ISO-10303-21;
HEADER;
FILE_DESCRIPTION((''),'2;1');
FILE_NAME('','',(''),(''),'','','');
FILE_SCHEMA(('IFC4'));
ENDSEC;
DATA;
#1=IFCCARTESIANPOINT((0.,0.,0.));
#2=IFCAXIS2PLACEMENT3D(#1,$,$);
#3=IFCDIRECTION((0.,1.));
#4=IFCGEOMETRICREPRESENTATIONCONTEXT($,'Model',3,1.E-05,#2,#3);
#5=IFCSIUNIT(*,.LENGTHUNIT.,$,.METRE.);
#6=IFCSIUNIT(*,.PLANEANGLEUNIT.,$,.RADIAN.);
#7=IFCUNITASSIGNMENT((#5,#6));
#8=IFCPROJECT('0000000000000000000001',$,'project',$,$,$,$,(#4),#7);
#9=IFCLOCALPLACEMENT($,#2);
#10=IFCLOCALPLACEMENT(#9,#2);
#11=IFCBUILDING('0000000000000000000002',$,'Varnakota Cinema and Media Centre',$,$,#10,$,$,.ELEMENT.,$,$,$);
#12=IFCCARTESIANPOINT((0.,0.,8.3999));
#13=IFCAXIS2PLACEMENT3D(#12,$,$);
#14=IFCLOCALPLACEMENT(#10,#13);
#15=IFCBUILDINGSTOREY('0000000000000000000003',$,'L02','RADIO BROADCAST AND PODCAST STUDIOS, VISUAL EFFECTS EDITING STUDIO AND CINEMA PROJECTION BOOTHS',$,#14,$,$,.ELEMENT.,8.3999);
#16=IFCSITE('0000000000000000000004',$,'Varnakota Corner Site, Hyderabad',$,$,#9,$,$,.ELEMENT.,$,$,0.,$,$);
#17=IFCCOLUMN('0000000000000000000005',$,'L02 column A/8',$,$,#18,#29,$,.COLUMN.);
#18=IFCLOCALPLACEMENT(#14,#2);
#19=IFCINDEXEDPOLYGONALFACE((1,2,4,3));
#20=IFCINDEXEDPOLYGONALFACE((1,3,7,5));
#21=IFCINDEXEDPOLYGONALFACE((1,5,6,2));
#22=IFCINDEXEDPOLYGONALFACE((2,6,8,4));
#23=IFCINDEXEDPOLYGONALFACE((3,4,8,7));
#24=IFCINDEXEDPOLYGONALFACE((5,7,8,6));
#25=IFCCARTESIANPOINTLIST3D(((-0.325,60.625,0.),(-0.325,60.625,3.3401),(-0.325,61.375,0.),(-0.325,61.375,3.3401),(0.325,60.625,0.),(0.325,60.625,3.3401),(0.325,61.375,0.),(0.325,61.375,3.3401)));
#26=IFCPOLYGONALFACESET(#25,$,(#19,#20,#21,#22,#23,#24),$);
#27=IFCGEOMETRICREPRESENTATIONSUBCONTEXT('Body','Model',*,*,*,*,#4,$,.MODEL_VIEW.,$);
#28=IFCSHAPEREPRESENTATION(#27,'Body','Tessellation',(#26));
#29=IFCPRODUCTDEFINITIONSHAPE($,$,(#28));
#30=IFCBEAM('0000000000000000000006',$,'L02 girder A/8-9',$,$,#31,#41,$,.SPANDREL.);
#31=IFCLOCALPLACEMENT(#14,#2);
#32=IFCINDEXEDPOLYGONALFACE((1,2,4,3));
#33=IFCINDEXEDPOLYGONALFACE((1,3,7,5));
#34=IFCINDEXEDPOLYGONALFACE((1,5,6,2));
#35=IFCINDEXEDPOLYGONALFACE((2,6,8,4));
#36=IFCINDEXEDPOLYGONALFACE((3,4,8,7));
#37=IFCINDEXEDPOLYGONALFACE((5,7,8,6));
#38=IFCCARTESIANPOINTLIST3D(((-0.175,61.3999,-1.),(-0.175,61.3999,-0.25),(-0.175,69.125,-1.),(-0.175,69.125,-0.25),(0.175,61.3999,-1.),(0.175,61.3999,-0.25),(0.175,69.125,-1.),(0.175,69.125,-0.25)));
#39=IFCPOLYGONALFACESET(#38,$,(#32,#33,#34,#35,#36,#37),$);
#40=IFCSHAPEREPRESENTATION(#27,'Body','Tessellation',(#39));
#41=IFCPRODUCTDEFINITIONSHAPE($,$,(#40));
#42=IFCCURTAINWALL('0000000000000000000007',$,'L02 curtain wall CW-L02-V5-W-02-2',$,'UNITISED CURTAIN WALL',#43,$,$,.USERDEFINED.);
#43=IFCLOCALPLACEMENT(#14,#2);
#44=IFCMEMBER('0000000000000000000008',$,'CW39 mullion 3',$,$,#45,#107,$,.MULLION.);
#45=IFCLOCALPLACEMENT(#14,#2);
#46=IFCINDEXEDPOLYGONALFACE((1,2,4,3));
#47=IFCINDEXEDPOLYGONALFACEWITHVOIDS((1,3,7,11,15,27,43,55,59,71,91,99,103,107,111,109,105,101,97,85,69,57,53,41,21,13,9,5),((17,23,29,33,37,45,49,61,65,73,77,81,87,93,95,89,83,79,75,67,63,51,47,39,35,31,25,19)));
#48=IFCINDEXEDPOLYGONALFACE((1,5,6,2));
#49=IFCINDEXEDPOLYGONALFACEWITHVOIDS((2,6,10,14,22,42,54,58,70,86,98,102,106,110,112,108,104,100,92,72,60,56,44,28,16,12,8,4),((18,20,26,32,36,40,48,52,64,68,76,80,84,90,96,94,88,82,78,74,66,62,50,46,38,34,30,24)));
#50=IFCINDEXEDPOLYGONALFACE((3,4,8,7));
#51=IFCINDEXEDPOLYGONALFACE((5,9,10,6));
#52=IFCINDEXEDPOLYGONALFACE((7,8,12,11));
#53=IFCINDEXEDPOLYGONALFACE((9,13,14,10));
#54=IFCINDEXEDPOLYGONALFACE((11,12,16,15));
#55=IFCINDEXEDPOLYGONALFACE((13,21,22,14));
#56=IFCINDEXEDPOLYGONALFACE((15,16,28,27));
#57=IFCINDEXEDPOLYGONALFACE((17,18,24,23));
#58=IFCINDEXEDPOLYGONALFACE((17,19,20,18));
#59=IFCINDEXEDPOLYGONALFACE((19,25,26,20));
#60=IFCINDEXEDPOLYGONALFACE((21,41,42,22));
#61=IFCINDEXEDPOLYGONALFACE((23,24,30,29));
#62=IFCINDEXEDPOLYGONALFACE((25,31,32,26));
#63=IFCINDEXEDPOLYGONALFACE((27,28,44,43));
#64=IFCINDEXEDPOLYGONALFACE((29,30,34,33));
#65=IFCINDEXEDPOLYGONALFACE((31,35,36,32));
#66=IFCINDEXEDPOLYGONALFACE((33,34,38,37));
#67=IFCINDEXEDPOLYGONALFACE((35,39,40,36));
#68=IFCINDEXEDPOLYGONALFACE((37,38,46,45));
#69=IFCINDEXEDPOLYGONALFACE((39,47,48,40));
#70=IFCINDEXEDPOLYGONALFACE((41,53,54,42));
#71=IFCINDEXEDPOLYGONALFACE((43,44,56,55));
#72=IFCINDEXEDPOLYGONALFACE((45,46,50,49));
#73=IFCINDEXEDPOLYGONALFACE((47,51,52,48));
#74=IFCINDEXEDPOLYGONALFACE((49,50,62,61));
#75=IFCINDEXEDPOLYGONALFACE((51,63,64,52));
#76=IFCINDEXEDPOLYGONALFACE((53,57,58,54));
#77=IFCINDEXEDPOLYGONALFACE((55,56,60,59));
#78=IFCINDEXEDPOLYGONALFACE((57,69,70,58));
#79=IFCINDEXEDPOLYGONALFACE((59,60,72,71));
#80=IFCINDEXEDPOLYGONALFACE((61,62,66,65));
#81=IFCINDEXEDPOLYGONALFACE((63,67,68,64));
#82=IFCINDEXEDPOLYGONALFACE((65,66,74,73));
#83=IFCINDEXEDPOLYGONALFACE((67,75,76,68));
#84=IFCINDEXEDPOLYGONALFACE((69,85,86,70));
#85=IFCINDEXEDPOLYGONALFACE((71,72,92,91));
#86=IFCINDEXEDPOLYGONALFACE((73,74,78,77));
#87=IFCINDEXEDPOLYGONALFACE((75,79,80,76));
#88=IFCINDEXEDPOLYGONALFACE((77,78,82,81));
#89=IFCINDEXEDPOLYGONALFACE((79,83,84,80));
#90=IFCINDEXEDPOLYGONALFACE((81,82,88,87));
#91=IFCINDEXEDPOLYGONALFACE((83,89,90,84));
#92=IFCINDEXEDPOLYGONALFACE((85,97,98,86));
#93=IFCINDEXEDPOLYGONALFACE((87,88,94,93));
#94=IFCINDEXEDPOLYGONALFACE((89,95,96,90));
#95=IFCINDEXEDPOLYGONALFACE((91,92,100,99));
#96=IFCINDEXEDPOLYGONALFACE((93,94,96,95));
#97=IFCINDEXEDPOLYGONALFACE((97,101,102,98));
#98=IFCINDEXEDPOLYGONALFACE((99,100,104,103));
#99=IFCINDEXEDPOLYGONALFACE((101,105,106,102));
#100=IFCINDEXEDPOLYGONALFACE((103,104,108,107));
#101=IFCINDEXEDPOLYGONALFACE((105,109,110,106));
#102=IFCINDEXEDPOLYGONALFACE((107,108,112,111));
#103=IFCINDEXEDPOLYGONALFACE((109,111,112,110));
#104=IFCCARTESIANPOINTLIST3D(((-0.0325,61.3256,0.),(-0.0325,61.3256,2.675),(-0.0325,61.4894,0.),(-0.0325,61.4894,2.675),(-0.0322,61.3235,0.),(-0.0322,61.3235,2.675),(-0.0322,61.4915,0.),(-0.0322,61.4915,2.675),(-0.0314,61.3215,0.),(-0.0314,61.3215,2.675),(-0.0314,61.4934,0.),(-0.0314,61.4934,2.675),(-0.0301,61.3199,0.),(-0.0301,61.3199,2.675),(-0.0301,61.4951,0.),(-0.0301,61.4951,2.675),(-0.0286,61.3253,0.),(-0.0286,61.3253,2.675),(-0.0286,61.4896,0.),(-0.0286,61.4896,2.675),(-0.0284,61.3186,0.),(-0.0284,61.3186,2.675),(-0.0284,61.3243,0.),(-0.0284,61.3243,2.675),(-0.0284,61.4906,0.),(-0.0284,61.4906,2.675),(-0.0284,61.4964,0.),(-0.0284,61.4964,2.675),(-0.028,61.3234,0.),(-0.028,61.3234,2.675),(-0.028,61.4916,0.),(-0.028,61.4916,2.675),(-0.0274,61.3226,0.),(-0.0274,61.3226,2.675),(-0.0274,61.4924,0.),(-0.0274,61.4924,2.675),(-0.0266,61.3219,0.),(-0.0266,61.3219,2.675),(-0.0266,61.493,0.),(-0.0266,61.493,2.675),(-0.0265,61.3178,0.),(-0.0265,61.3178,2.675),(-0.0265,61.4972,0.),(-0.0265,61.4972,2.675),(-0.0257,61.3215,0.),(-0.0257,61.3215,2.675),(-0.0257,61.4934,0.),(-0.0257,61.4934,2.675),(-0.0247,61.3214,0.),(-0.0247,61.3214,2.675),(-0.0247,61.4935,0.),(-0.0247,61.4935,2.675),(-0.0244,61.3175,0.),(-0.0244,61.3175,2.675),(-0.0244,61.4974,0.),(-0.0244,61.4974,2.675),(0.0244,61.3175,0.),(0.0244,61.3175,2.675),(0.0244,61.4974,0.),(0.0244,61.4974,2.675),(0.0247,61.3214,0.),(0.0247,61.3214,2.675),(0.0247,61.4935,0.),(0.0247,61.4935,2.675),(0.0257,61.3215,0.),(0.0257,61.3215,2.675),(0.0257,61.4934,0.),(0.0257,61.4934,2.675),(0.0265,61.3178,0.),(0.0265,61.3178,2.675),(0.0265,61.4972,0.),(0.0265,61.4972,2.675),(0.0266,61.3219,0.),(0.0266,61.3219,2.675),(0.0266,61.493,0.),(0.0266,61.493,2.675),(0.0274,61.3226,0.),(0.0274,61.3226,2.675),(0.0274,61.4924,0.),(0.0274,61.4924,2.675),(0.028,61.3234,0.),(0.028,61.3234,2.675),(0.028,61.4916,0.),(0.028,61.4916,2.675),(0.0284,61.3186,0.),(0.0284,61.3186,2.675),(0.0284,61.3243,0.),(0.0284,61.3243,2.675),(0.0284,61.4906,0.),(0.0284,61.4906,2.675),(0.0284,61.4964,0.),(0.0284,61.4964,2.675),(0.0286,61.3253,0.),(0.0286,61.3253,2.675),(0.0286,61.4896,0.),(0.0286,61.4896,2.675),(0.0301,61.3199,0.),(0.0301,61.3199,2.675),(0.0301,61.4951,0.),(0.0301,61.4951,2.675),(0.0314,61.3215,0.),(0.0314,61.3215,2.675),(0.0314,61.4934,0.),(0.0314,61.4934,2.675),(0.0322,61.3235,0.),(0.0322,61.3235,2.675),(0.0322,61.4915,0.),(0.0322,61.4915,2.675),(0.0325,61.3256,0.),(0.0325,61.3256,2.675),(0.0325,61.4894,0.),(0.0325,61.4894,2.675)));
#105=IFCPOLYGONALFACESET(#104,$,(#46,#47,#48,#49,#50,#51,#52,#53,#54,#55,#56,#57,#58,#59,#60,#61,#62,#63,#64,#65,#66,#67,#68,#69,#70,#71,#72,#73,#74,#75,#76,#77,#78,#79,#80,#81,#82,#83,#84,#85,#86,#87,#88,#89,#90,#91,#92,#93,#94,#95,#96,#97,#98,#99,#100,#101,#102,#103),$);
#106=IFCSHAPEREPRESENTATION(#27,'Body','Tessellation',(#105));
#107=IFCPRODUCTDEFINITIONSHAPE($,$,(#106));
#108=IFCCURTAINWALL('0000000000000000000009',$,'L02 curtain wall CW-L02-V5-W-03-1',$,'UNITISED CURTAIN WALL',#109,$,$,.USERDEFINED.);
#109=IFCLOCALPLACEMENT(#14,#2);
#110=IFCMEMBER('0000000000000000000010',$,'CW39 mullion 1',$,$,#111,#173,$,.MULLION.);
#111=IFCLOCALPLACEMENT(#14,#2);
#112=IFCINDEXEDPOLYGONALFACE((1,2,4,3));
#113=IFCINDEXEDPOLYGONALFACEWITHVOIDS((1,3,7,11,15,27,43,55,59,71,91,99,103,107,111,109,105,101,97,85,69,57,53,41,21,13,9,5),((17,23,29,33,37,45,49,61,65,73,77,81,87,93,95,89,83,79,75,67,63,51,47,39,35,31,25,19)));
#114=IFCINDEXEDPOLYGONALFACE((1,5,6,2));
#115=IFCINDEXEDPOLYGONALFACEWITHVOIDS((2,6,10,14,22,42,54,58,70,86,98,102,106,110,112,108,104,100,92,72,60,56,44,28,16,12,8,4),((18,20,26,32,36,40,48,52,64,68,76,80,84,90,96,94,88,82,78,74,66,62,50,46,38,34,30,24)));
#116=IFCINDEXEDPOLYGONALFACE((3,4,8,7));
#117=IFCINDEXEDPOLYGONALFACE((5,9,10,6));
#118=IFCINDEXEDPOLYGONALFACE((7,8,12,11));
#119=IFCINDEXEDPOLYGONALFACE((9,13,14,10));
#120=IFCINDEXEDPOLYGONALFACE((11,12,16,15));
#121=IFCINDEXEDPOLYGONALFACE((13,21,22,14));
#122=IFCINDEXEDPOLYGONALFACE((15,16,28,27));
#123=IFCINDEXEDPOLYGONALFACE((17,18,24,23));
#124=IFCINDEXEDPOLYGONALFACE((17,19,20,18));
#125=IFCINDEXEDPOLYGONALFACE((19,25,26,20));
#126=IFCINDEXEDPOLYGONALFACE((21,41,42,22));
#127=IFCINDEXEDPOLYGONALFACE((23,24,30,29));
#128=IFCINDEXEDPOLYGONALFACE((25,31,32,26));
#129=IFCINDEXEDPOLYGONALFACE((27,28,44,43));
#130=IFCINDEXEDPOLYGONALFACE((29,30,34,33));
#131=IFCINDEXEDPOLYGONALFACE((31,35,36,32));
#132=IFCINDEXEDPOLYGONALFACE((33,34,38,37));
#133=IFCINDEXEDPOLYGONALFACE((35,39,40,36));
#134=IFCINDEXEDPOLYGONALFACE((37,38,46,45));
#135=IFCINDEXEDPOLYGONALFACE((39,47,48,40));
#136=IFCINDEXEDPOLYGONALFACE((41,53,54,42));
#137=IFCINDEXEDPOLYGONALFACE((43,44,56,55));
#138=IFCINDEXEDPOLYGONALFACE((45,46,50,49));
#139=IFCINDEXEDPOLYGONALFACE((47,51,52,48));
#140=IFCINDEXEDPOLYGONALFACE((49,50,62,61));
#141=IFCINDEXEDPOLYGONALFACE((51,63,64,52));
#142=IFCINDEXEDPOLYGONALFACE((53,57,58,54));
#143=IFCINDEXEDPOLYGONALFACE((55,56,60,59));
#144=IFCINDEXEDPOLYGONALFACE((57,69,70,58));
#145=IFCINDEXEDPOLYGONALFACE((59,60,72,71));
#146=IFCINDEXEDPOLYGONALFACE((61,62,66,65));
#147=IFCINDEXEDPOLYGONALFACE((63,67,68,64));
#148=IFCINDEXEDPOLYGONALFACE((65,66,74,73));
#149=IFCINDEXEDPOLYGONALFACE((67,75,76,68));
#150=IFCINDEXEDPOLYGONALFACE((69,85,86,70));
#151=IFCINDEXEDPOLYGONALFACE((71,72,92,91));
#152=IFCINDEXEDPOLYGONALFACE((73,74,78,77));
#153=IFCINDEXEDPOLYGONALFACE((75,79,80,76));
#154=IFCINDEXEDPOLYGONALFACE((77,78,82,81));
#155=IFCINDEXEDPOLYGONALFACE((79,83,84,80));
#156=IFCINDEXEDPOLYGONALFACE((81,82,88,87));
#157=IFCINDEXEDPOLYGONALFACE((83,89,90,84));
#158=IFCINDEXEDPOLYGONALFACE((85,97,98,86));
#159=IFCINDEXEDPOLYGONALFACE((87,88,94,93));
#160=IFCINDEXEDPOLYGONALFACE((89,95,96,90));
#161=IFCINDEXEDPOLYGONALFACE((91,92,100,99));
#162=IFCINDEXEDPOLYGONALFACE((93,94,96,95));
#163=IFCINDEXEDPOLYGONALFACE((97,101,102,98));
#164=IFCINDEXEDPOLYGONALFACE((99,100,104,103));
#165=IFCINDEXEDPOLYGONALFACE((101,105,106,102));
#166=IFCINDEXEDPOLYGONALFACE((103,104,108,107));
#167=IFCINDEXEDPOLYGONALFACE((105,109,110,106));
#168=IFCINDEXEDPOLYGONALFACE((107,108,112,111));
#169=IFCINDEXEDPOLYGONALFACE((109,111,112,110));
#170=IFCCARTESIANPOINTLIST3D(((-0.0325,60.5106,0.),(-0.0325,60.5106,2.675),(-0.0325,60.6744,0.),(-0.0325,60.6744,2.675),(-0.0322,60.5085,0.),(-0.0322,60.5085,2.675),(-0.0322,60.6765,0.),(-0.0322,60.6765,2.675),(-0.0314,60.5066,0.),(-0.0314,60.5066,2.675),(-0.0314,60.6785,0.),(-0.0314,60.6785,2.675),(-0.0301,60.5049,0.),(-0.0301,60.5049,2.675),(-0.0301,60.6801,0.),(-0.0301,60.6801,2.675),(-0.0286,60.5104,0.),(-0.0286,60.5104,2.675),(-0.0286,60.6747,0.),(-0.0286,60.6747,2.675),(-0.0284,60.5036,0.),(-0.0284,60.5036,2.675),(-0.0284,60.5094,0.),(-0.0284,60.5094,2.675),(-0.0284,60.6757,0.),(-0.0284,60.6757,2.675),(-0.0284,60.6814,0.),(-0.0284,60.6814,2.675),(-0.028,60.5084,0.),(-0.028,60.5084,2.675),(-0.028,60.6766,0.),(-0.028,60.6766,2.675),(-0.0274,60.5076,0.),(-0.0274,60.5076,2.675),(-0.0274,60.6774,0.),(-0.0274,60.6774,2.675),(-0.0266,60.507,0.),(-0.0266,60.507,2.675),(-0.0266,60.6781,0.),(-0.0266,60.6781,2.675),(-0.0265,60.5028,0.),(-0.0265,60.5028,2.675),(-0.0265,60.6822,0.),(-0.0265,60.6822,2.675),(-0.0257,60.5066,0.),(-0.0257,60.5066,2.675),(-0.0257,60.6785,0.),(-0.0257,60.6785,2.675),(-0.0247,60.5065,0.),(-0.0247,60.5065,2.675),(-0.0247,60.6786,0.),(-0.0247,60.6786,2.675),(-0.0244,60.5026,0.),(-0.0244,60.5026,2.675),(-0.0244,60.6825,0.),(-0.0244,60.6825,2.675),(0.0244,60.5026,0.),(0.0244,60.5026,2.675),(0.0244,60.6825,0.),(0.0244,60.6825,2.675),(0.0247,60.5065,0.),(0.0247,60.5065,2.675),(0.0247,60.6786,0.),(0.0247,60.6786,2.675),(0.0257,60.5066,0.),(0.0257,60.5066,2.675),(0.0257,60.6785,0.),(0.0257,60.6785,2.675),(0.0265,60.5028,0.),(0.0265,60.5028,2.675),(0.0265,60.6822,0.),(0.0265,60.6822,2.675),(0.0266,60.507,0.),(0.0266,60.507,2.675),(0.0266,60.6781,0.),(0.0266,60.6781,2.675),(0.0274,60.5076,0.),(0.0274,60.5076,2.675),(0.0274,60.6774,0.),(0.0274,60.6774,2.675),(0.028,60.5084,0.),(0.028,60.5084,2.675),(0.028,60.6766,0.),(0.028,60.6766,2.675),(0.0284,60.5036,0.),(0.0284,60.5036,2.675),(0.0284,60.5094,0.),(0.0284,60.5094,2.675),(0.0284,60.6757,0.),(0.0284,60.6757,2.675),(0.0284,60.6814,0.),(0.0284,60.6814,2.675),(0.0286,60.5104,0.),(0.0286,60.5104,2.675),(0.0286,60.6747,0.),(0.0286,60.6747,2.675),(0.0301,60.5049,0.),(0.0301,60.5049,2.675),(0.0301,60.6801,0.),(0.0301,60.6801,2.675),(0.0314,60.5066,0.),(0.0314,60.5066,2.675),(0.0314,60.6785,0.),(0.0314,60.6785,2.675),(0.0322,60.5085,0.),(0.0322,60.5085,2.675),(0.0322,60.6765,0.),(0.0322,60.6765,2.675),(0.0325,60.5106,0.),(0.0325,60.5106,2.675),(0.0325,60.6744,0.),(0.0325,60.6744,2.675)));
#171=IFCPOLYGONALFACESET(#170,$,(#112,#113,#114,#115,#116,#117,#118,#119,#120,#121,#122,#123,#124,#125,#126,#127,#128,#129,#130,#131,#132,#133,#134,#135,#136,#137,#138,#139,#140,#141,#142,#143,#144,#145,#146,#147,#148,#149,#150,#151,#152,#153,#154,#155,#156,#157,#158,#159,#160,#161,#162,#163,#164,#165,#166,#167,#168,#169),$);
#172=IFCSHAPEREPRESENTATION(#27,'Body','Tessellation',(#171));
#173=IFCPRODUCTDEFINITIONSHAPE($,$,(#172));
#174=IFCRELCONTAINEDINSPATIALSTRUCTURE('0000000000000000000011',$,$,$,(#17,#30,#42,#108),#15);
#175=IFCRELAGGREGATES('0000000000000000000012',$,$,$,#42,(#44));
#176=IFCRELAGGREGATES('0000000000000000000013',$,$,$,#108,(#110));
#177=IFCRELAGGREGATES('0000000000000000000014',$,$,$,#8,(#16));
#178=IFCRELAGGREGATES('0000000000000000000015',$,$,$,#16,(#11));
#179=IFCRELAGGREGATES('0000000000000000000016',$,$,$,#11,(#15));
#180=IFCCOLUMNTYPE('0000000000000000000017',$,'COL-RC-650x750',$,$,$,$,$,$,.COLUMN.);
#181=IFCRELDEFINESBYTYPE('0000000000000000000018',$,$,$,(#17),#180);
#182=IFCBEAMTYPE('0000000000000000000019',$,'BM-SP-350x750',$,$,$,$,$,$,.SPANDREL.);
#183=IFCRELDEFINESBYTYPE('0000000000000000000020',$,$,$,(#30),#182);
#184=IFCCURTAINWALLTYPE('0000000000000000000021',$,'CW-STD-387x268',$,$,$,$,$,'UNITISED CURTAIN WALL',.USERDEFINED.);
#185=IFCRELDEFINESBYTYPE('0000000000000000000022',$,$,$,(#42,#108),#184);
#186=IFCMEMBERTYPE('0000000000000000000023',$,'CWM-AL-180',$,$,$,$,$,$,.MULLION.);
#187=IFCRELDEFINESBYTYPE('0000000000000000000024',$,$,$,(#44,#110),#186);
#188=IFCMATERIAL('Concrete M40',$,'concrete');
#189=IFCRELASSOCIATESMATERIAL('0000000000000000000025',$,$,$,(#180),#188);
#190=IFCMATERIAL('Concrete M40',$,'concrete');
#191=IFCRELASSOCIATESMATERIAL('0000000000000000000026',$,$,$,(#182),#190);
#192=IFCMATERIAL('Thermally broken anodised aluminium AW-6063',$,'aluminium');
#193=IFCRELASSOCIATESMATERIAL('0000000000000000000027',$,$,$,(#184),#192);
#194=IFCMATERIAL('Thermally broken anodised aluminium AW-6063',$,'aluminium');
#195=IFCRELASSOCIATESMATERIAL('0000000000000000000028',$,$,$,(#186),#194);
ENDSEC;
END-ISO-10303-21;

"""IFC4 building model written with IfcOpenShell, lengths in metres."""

from ifc_helpers import new_model, si_unit, direction, frame, origin, origin_2d, place, context, subcontext, project, spatial, rectangle, hollow_rectangle, extrude, material, material_profile, profile_set, type_object, element, aggregate, save


model = new_model("IFC4")

# Units and contexts
model_context = context("Model", 3, precision=1e-05, world=origin(), true_north=direction((0.0, 1.0)))
body_context = subcontext(model_context, "Body", "Model", "MODEL_VIEW")
ifc_project = project(units=[si_unit("LENGTHUNIT", "METRE"), si_unit("PLANEANGLEUNIT", "RADIAN")], contexts=[model_context])

# Site, building, storey
site_placement = place(None, origin())
site = spatial("IfcSite", under=ifc_project, at=site_placement, Name="Varnakota Corner Site, Hyderabad", CompositionType="ELEMENT", RefElevation=0.0)
building_placement = place(site_placement, origin())
building = spatial("IfcBuilding", under=site, at=building_placement, Name="Varnakota Cinema and Media Centre", CompositionType="ELEMENT")
storey_placement = place(building_placement, frame((0.0, 0.0, 8.3999)))
storey = spatial("IfcBuildingStorey", under=building, at=storey_placement, Name="L02", Description="RADIO BROADCAST AND PODCAST STUDIOS, VISUAL EFFECTS EDITING STUDIO AND CINEMA PROJECTION BOOTHS", CompositionType="ELEMENT", Elevation=8.3999)

# Column
ifc_material_1 = material(Name="Concrete M40", Category="concrete")
ifc_material_profile_1 = material_profile(ifc_material_1, rectangle(XDim=0.6499, YDim=0.75, at=origin_2d()), Name="RC 650x750")
ifc_profile_set_1 = profile_set([ifc_material_profile_1], Name="Concrete M40")
column_type = type_object("IfcColumnType", Name="COL-RC-650x750", PredefinedType="COLUMN", material=ifc_profile_set_1)
column_placement = place(storey_placement, frame((0.0, 61.0, 0.0), z_axis=(0.0, 0.0, 1.0), x_axis=(1.0, 0.0, 0.0)))
element("IfcColumn", 1, at=column_placement, inside=storey, type_object=column_type, Name="L02 column A/8", PredefinedType="COLUMN", context=body_context, shape_type="SweptSolid", body=[
    extrude(rectangle(XDim=0.6499, YDim=0.75, at=origin_2d()), origin(), (0.0, 0.0, 1.0), 3.3401),
])

# Beam
ifc_material_2 = material(Name="Concrete M40", Category="concrete")
ifc_material_profile_2 = material_profile(ifc_material_2, rectangle(XDim=0.3501, YDim=0.75, at=origin_2d()), Name="RCB 350x750")
ifc_profile_set_2 = profile_set([ifc_material_profile_2], Name="Concrete M40")
beam_type = type_object("IfcBeamType", Name="BM-SP-350x750", PredefinedType="SPANDREL", material=ifc_profile_set_2)
beam_placement = place(storey_placement, frame((0.0, 61.3999, -0.625), z_axis=(0.0, 1.0, 0.0), x_axis=(-1.0, 0.0, 0.0)))
element("IfcBeam", 2, at=beam_placement, inside=storey, type_object=beam_type, Name="L02 girder A/8-9", PredefinedType="SPANDREL", context=body_context, shape_type="SweptSolid", body=[
    extrude(rectangle(XDim=0.3501, YDim=0.75, at=origin_2d()), origin(), (0.0, 0.0, 1.0), 7.7251),
])

# Curtain wall, member
ifc_material_3 = material(Name="Thermally broken anodised aluminium AW-6063", Category="aluminium")
curtain_wall_type = type_object("IfcCurtainWallType", Name="CW-STD-387x268", ElementType="UNITISED CURTAIN WALL", PredefinedType="USERDEFINED", material=ifc_material_3)
curtain_wall_1_placement = place(storey_placement, origin())
curtain_wall_1 = element("IfcCurtainWall", 3, at=curtain_wall_1_placement, inside=storey, type_object=curtain_wall_type, Name="L02 curtain wall CW-L02-V5-W-02-2", ObjectType="UNITISED CURTAIN WALL", PredefinedType="USERDEFINED")
ifc_material_4 = material(Name="Thermally broken anodised aluminium AW-6063", Category="aluminium")
ifc_material_profile_3 = material_profile(ifc_material_4, hollow_rectangle(XDim=0.0649, YDim=0.1799, WallThickness=0.0039, InnerFilletRadius=0.0039, OuterFilletRadius=0.0081, at=origin_2d()), Name="AL-MULLION 180x65x4")
ifc_profile_set_3 = profile_set([ifc_material_profile_3], Name="Thermally broken anodised aluminium AW-6063")
member_type_1 = type_object("IfcMemberType", Name="CWM-AL-180", PredefinedType="MULLION", material=ifc_profile_set_3)
member_1_placement = place(storey_placement, frame((0.0, 61.4075, 0.0), z_axis=(0.0, 0.0, 1.0), x_axis=(1.0, 0.0, 0.0)))
member_1 = element("IfcMember", 4, at=member_1_placement, type_object=member_type_1, Name="CW39 mullion 3", PredefinedType="MULLION", context=body_context, shape_type="SweptSolid", body=[
    extrude(hollow_rectangle(XDim=0.0649, YDim=0.1799, WallThickness=0.0039, InnerFilletRadius=0.0039, OuterFilletRadius=0.0081, at=origin_2d()), origin(), (0.0, 0.0, 1.0), 2.675),
])

# Curtain wall, member
curtain_wall_2_placement = place(storey_placement, origin())
curtain_wall_2 = element("IfcCurtainWall", 5, at=curtain_wall_2_placement, inside=storey, type_object=curtain_wall_type, Name="L02 curtain wall CW-L02-V5-W-03-1", ObjectType="UNITISED CURTAIN WALL", PredefinedType="USERDEFINED")
member_2_placement = place(storey_placement, frame((0.0, 60.5925, 0.0), z_axis=(0.0, 0.0, 1.0), x_axis=(1.0, 0.0, 0.0)))
member_2 = element("IfcMember", 6, at=member_2_placement, type_object=member_type_1, Name="CW39 mullion 1", PredefinedType="MULLION", context=body_context, shape_type="SweptSolid", body=[
    extrude(hollow_rectangle(XDim=0.0649, YDim=0.1799, WallThickness=0.0039, InnerFilletRadius=0.0039, OuterFilletRadius=0.0081, at=origin_2d()), origin(), (0.0, 0.0, 1.0), 2.675),
])

aggregate(curtain_wall_1, [member_1])
aggregate(curtain_wall_2, [member_2])

save(model, "model.ifc")
